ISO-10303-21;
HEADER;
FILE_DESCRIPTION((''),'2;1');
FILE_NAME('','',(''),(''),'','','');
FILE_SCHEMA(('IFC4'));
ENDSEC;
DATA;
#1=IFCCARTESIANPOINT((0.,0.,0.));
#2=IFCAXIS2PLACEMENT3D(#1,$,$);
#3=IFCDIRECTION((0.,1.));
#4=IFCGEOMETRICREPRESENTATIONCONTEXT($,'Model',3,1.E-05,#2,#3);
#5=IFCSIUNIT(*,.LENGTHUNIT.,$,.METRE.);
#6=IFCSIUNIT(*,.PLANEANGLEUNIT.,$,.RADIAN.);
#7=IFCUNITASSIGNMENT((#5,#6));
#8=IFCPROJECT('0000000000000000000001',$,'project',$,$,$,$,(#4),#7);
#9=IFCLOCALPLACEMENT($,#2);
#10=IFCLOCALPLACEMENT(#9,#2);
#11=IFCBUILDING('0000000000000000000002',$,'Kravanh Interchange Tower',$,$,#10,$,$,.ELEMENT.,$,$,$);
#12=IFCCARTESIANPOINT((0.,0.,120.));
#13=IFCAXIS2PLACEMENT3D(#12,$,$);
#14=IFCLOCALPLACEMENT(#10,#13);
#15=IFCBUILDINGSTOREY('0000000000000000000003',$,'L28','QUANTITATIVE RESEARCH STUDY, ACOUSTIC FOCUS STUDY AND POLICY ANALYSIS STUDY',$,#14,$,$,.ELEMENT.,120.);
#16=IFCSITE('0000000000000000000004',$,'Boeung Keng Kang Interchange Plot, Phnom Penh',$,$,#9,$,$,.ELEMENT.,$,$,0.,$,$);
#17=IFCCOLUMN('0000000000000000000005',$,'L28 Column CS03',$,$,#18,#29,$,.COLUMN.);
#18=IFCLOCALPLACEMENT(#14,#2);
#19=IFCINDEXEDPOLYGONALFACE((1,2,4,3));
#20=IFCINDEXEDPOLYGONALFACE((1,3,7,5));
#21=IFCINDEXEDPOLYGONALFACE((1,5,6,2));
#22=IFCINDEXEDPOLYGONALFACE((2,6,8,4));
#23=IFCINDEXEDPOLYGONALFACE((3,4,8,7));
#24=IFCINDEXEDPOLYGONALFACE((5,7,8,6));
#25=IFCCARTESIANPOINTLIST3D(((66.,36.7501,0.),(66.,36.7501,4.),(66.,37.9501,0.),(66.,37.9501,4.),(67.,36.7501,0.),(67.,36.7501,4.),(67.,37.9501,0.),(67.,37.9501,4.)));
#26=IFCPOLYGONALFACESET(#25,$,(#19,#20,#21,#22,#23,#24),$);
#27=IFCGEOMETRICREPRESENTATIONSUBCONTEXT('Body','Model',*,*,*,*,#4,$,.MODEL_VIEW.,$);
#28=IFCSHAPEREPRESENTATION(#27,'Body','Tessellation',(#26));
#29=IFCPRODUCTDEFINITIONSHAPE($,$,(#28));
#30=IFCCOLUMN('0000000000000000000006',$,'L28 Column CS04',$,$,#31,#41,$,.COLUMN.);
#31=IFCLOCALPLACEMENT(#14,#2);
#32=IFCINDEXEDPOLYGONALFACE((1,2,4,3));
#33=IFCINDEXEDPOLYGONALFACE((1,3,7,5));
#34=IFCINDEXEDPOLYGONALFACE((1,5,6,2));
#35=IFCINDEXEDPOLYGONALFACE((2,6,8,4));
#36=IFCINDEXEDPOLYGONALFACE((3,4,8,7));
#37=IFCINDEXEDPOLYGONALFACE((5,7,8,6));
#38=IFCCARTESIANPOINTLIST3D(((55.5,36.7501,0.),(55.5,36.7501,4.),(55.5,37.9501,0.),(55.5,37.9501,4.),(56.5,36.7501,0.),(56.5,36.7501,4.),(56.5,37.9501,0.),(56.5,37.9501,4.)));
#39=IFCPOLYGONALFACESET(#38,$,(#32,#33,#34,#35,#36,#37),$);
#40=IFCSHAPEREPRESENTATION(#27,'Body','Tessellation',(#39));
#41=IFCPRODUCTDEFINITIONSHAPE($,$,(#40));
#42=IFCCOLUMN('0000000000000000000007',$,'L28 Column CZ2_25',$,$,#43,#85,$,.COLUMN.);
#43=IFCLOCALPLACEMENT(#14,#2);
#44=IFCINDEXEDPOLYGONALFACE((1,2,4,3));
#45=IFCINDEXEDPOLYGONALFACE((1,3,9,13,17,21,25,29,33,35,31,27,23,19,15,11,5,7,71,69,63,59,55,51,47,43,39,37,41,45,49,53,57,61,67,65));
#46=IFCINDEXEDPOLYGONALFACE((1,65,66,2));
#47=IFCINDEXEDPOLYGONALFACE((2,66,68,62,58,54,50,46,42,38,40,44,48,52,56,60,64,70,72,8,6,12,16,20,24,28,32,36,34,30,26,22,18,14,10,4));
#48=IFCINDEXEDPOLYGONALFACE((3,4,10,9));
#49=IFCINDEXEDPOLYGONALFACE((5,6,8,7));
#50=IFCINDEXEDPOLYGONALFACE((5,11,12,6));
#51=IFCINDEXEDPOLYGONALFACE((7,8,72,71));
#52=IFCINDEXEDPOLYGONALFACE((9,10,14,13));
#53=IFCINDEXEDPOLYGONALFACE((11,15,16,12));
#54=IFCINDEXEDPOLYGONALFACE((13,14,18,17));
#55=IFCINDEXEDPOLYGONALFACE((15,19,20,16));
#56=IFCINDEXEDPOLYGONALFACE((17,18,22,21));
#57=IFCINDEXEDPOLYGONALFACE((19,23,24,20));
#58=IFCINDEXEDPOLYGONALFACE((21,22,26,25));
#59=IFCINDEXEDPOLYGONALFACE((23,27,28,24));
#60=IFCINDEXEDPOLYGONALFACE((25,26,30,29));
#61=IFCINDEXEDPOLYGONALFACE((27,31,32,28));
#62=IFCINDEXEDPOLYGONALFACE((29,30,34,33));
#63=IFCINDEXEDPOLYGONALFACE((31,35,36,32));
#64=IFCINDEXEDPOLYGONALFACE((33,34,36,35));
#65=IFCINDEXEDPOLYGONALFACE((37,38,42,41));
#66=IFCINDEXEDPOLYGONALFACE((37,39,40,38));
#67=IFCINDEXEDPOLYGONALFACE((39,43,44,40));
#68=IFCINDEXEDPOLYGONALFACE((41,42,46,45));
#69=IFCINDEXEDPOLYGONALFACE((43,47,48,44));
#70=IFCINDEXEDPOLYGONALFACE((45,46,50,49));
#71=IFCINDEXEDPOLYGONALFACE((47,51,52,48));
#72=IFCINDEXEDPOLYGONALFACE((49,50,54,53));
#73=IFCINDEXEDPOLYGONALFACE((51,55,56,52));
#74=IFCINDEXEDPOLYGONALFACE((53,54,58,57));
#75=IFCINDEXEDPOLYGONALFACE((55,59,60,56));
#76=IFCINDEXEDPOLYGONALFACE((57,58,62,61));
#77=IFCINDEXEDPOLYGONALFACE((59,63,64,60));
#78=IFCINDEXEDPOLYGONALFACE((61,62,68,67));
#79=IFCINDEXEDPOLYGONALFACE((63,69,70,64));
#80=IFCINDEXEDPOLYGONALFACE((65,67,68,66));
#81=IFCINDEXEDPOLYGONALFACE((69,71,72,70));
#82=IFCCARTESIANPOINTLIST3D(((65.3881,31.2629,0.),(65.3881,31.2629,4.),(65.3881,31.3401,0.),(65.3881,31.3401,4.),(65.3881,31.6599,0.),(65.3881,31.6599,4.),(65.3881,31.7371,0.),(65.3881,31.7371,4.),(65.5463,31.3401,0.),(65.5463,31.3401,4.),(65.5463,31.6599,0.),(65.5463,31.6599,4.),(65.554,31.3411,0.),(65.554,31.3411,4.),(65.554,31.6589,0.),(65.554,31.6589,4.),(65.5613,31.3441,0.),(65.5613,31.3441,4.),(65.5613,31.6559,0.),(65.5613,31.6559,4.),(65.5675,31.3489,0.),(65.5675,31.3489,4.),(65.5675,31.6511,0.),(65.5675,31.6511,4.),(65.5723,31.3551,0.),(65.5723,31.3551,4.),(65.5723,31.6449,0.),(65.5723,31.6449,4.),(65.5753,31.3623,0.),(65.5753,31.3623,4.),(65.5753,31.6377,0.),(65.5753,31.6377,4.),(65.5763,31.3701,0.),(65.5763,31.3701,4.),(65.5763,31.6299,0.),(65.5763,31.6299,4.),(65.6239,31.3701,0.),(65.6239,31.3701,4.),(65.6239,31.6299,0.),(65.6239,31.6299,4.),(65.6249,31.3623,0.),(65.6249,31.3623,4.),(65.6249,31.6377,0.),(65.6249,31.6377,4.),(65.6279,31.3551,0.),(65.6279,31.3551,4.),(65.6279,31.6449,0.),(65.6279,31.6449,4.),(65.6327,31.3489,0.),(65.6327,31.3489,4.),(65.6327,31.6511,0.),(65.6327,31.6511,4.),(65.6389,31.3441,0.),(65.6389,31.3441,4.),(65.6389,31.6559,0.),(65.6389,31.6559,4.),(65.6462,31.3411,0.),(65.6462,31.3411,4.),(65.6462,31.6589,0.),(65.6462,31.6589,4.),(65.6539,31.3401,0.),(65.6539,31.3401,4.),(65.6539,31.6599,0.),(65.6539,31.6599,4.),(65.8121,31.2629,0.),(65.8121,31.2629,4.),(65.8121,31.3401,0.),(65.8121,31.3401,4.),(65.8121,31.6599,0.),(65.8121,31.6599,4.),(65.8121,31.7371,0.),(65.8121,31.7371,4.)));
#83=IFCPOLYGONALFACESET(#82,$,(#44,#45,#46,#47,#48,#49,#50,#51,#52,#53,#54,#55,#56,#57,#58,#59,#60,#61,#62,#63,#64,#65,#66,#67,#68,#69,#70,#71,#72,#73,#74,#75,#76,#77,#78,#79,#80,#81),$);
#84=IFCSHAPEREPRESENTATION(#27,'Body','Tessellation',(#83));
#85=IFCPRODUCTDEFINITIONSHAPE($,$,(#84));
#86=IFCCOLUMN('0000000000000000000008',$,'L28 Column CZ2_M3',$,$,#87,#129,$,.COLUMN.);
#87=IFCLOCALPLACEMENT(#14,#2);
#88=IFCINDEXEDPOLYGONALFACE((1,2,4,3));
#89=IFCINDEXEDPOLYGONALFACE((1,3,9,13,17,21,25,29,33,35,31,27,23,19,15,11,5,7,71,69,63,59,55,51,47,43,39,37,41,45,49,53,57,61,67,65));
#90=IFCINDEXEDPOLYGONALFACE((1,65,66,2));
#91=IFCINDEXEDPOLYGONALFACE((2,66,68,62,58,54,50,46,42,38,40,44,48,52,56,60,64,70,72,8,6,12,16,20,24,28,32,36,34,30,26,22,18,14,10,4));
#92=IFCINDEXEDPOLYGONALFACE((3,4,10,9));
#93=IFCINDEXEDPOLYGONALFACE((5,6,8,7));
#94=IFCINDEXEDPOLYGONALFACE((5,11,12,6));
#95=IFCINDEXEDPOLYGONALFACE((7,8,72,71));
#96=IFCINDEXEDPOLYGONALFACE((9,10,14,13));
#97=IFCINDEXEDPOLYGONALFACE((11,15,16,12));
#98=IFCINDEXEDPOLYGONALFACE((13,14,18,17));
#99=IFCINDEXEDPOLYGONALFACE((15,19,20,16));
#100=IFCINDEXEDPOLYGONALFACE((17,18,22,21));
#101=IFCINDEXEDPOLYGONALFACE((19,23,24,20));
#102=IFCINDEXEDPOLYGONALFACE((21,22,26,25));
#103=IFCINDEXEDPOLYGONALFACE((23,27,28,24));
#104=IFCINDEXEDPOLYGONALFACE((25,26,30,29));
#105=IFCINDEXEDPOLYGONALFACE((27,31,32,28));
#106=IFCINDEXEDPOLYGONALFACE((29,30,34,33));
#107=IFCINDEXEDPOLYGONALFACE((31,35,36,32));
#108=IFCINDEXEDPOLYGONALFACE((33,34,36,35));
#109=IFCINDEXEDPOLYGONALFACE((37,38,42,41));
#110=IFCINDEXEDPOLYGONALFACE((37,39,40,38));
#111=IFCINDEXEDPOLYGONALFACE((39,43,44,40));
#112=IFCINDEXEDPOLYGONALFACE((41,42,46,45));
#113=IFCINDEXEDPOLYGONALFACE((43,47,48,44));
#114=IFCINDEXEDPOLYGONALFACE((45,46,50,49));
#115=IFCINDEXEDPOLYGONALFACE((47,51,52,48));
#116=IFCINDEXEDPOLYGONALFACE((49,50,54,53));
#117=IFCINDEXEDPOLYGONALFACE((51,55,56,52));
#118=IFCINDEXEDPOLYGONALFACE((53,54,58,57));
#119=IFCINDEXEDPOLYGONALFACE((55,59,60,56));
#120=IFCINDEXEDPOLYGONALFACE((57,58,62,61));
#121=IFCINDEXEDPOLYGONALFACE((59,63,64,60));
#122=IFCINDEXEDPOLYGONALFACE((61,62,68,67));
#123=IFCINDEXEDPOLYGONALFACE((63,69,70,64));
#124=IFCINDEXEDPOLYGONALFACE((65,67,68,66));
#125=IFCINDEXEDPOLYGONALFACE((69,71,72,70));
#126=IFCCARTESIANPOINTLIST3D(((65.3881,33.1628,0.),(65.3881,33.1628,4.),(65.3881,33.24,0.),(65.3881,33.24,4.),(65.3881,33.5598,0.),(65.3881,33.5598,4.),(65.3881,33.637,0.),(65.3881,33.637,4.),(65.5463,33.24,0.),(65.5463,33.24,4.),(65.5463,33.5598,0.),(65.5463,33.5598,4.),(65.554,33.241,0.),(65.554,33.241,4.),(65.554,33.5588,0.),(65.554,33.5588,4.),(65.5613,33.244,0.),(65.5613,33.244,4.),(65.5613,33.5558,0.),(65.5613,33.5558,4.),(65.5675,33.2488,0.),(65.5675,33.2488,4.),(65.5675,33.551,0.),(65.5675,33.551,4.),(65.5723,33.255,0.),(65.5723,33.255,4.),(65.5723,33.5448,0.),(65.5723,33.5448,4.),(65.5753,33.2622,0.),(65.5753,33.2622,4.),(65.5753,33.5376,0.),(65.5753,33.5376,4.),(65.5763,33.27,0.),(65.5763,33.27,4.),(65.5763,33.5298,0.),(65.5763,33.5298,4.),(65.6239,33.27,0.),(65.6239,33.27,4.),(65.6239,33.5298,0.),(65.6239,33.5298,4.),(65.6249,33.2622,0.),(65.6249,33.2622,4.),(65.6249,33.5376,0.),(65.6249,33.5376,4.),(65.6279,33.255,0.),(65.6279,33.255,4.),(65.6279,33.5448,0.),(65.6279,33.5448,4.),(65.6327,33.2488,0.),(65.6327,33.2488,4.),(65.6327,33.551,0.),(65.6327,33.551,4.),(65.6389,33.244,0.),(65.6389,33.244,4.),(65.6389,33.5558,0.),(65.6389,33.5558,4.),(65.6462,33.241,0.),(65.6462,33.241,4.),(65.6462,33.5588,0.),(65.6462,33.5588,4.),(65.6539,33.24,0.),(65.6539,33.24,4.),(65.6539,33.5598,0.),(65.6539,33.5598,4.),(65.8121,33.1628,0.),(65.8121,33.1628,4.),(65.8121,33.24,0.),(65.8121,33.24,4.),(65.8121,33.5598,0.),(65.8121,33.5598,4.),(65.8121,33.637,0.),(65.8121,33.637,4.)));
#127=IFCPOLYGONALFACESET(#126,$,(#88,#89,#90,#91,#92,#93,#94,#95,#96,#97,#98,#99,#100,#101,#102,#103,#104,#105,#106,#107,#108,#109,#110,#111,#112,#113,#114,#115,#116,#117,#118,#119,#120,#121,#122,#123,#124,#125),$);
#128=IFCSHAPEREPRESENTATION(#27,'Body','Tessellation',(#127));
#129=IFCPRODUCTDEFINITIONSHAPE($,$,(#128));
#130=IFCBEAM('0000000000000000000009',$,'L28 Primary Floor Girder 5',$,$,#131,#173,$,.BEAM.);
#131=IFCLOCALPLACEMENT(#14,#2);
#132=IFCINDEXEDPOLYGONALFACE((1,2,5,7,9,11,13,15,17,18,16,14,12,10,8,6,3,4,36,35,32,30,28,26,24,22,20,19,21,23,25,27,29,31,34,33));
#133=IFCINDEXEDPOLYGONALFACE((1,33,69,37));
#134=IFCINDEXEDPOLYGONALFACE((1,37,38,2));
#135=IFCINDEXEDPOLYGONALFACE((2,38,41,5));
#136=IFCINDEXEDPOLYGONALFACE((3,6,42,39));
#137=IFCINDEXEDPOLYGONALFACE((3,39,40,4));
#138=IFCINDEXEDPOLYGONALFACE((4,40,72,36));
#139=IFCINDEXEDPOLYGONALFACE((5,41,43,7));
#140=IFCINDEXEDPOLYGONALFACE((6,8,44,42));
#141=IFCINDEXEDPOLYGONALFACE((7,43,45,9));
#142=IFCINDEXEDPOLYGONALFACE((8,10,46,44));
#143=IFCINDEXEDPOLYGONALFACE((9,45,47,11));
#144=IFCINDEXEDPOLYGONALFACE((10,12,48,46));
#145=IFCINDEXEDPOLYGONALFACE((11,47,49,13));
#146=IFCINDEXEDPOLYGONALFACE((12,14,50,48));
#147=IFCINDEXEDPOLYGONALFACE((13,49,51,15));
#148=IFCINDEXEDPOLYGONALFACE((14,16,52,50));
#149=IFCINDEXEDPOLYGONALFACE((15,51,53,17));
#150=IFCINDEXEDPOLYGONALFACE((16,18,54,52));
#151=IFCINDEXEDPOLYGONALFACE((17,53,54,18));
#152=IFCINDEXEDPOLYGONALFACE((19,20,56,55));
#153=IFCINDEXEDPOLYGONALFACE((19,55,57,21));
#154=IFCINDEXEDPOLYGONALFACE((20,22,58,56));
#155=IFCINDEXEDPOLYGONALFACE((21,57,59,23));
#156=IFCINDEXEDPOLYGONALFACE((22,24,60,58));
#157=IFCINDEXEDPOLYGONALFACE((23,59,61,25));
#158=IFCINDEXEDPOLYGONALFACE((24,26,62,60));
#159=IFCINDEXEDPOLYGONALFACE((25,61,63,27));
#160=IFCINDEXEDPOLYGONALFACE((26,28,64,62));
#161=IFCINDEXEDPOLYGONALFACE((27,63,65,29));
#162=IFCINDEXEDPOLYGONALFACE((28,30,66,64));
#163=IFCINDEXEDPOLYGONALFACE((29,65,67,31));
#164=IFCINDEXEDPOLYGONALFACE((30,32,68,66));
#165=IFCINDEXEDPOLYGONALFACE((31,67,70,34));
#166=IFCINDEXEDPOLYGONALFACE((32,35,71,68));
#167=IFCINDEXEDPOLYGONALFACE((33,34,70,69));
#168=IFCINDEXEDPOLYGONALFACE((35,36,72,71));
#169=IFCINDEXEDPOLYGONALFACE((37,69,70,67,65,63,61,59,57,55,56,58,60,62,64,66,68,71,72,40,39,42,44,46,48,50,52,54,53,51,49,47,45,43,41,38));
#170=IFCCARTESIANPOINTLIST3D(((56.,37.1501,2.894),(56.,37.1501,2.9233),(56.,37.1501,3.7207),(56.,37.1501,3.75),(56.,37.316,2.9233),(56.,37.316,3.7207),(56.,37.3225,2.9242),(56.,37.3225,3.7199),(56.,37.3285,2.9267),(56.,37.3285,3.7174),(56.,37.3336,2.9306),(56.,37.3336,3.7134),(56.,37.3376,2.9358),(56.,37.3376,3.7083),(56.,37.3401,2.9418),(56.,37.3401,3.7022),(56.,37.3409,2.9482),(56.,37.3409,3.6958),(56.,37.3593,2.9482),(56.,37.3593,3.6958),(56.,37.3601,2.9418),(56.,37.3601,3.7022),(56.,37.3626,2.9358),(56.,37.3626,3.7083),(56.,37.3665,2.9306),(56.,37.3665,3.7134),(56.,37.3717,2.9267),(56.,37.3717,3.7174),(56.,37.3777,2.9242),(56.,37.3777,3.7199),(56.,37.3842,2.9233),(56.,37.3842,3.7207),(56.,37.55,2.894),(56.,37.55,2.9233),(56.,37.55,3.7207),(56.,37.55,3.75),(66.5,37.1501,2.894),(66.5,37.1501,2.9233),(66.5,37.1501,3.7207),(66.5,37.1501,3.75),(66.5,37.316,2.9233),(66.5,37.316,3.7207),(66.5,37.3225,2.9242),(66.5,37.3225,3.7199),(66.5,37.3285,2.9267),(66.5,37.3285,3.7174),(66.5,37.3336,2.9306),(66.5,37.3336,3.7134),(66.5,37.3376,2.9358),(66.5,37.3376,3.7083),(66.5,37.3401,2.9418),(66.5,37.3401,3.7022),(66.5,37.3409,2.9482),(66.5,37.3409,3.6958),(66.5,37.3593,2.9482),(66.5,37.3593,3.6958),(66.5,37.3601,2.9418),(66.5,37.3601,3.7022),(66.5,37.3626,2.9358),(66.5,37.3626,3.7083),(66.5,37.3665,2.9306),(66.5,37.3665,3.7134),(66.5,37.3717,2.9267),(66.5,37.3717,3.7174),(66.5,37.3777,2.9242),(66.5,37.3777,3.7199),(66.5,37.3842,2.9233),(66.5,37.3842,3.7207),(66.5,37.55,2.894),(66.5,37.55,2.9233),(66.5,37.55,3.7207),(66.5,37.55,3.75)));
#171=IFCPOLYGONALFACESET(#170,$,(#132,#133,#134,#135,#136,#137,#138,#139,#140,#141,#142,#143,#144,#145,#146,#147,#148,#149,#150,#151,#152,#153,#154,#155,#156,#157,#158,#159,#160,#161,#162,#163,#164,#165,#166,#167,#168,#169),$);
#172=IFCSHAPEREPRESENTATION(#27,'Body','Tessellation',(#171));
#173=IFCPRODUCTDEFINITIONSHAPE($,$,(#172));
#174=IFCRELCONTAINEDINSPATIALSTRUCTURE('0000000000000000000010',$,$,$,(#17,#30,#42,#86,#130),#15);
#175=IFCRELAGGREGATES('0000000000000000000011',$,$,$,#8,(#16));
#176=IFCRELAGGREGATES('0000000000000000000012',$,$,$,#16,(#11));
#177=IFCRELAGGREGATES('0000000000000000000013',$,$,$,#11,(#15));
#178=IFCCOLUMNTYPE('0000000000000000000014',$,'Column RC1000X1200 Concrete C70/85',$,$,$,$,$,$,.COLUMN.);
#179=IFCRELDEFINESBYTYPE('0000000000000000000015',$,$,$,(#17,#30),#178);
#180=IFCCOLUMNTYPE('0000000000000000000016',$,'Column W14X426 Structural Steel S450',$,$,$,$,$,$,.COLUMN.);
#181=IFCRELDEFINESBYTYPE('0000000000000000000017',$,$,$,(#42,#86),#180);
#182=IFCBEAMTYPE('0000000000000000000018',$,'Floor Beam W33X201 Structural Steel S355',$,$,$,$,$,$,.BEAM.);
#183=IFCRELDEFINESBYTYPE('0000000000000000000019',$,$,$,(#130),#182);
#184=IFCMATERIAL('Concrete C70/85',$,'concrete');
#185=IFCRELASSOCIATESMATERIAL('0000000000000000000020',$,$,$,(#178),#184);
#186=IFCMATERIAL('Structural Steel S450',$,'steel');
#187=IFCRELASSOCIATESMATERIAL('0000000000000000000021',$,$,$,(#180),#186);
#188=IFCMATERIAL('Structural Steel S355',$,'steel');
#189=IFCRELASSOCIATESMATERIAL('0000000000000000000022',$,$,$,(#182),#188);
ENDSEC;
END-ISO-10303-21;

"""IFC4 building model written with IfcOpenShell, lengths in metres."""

from ifc_helpers import new_model, si_unit, direction, frame, origin, origin_2d, place, context, subcontext, project, spatial, rectangle, i_section, extrude, material, material_profile, profile_set, type_object, element, save


model = new_model("IFC4")

# Units and contexts
model_context = context("Model", 3, precision=1e-05, world=origin(), true_north=direction((0.0, 1.0)))
body_context = subcontext(model_context, "Body", "Model", "MODEL_VIEW")
ifc_project = project(units=[si_unit("LENGTHUNIT", "METRE"), si_unit("PLANEANGLEUNIT", "RADIAN")], contexts=[model_context])

# Site, building, storey
site_placement = place(None, origin())
site = spatial("IfcSite", under=ifc_project, at=site_placement, Name="Boeung Keng Kang Interchange Plot, Phnom Penh", CompositionType="ELEMENT", RefElevation=0.0)
building_placement = place(site_placement, origin())
building = spatial("IfcBuilding", under=site, at=building_placement, Name="Kravanh Interchange Tower", CompositionType="ELEMENT")
storey_placement = place(building_placement, frame((0.0, 0.0, 120.0)))
storey = spatial("IfcBuildingStorey", under=building, at=storey_placement, Name="L28", Description="QUANTITATIVE RESEARCH STUDY, ACOUSTIC FOCUS STUDY AND POLICY ANALYSIS STUDY", CompositionType="ELEMENT", Elevation=120.0)

# Columns
ifc_material_1 = material(Name="Concrete C70/85", Category="concrete")
ifc_material_profile_1 = material_profile(ifc_material_1, rectangle(XDim=1.0, YDim=1.2, at=origin_2d()), Name="RC1000X1200")
ifc_profile_set_1 = profile_set([ifc_material_profile_1], Name="Concrete C70/85")
column_type_1 = type_object("IfcColumnType", Name="Column RC1000X1200 Concrete C70/85", PredefinedType="COLUMN", material=ifc_profile_set_1)
for number, where, z_axis, x_axis, name in (
    (1, (66.5, 37.3501, 0.0), (0.0, 0.0, 1.0), (1.0, 0.0, 0.0), "L28 Column CS03"),
    (2, (56.0, 37.3501, 0.0), (0.0, 0.0, 1.0), (1.0, 0.0, 0.0), "L28 Column CS04"),
):
    element("IfcColumn", number, at=place(storey_placement, frame(where, z_axis=z_axis, x_axis=x_axis)), inside=storey, type_object=column_type_1, Name=name, PredefinedType="COLUMN", context=body_context, shape_type="SweptSolid", body=[
        extrude(rectangle(XDim=1.0, YDim=1.2, at=origin_2d()), origin(), (0.0, 0.0, 1.0), 4.0),
    ])
ifc_material_2 = material(Name="Structural Steel S450", Category="steel")
ifc_material_profile_2 = material_profile(ifc_material_2, i_section(OverallWidth=0.4241, OverallDepth=0.4741, WebThickness=0.0476, FlangeThickness=0.0771, FilletRadius=0.03, at=origin_2d()), Name="W14X426")
ifc_profile_set_2 = profile_set([ifc_material_profile_2], Name="Structural Steel S450")
column_type_2 = type_object("IfcColumnType", Name="Column W14X426 Structural Steel S450", PredefinedType="COLUMN", material=ifc_profile_set_2)
for number, where, z_axis, x_axis, name in (
    (3, (65.6001, 31.5, 0.0), (0.0, 0.0, 1.0), (1.0, 0.0, 0.0), "L28 Column CZ2_25"),
    (4, (65.6001, 33.3999, 0.0), (0.0, 0.0, 1.0), (1.0, 0.0, 0.0), "L28 Column CZ2_M3"),
):
    element("IfcColumn", number, at=place(storey_placement, frame(where, z_axis=z_axis, x_axis=x_axis)), inside=storey, type_object=column_type_2, Name=name, PredefinedType="COLUMN", context=body_context, shape_type="SweptSolid", body=[
        extrude(i_section(OverallWidth=0.4241, OverallDepth=0.4741, WebThickness=0.0476, FlangeThickness=0.0771, FilletRadius=0.03, at=origin_2d()), origin(), (0.0, 0.0, 1.0), 4.0),
    ])

# Beam
ifc_material_3 = material(Name="Structural Steel S355", Category="steel")
ifc_material_profile_3 = material_profile(ifc_material_3, i_section(OverallWidth=0.3999, OverallDepth=0.856, WebThickness=0.0183, FlangeThickness=0.0293, FilletRadius=0.0249, at=origin_2d()), Name="W33X201")
ifc_profile_set_3 = profile_set([ifc_material_profile_3], Name="Structural Steel S355")
beam_type_1 = type_object("IfcBeamType", Name="Floor Beam W33X201 Structural Steel S355", PredefinedType="BEAM", material=ifc_profile_set_3)
beam_1_placement = place(storey_placement, frame((66.5, 37.3501, 3.322), z_axis=(-1.0, 0.0, 0.0), x_axis=(0.0, -1.0, 0.0)))
element("IfcBeam", 5, at=beam_1_placement, inside=storey, type_object=beam_type_1, Name="L28 Primary Floor Girder 5", PredefinedType="BEAM", context=body_context, shape_type="SweptSolid", body=[
    extrude(i_section(OverallWidth=0.3999, OverallDepth=0.856, WebThickness=0.0183, FlangeThickness=0.0293, FilletRadius=0.0249, at=origin_2d()), origin(), (0.0, 0.0, 1.0), 10.5),
])

save(model, "model.ifc")
